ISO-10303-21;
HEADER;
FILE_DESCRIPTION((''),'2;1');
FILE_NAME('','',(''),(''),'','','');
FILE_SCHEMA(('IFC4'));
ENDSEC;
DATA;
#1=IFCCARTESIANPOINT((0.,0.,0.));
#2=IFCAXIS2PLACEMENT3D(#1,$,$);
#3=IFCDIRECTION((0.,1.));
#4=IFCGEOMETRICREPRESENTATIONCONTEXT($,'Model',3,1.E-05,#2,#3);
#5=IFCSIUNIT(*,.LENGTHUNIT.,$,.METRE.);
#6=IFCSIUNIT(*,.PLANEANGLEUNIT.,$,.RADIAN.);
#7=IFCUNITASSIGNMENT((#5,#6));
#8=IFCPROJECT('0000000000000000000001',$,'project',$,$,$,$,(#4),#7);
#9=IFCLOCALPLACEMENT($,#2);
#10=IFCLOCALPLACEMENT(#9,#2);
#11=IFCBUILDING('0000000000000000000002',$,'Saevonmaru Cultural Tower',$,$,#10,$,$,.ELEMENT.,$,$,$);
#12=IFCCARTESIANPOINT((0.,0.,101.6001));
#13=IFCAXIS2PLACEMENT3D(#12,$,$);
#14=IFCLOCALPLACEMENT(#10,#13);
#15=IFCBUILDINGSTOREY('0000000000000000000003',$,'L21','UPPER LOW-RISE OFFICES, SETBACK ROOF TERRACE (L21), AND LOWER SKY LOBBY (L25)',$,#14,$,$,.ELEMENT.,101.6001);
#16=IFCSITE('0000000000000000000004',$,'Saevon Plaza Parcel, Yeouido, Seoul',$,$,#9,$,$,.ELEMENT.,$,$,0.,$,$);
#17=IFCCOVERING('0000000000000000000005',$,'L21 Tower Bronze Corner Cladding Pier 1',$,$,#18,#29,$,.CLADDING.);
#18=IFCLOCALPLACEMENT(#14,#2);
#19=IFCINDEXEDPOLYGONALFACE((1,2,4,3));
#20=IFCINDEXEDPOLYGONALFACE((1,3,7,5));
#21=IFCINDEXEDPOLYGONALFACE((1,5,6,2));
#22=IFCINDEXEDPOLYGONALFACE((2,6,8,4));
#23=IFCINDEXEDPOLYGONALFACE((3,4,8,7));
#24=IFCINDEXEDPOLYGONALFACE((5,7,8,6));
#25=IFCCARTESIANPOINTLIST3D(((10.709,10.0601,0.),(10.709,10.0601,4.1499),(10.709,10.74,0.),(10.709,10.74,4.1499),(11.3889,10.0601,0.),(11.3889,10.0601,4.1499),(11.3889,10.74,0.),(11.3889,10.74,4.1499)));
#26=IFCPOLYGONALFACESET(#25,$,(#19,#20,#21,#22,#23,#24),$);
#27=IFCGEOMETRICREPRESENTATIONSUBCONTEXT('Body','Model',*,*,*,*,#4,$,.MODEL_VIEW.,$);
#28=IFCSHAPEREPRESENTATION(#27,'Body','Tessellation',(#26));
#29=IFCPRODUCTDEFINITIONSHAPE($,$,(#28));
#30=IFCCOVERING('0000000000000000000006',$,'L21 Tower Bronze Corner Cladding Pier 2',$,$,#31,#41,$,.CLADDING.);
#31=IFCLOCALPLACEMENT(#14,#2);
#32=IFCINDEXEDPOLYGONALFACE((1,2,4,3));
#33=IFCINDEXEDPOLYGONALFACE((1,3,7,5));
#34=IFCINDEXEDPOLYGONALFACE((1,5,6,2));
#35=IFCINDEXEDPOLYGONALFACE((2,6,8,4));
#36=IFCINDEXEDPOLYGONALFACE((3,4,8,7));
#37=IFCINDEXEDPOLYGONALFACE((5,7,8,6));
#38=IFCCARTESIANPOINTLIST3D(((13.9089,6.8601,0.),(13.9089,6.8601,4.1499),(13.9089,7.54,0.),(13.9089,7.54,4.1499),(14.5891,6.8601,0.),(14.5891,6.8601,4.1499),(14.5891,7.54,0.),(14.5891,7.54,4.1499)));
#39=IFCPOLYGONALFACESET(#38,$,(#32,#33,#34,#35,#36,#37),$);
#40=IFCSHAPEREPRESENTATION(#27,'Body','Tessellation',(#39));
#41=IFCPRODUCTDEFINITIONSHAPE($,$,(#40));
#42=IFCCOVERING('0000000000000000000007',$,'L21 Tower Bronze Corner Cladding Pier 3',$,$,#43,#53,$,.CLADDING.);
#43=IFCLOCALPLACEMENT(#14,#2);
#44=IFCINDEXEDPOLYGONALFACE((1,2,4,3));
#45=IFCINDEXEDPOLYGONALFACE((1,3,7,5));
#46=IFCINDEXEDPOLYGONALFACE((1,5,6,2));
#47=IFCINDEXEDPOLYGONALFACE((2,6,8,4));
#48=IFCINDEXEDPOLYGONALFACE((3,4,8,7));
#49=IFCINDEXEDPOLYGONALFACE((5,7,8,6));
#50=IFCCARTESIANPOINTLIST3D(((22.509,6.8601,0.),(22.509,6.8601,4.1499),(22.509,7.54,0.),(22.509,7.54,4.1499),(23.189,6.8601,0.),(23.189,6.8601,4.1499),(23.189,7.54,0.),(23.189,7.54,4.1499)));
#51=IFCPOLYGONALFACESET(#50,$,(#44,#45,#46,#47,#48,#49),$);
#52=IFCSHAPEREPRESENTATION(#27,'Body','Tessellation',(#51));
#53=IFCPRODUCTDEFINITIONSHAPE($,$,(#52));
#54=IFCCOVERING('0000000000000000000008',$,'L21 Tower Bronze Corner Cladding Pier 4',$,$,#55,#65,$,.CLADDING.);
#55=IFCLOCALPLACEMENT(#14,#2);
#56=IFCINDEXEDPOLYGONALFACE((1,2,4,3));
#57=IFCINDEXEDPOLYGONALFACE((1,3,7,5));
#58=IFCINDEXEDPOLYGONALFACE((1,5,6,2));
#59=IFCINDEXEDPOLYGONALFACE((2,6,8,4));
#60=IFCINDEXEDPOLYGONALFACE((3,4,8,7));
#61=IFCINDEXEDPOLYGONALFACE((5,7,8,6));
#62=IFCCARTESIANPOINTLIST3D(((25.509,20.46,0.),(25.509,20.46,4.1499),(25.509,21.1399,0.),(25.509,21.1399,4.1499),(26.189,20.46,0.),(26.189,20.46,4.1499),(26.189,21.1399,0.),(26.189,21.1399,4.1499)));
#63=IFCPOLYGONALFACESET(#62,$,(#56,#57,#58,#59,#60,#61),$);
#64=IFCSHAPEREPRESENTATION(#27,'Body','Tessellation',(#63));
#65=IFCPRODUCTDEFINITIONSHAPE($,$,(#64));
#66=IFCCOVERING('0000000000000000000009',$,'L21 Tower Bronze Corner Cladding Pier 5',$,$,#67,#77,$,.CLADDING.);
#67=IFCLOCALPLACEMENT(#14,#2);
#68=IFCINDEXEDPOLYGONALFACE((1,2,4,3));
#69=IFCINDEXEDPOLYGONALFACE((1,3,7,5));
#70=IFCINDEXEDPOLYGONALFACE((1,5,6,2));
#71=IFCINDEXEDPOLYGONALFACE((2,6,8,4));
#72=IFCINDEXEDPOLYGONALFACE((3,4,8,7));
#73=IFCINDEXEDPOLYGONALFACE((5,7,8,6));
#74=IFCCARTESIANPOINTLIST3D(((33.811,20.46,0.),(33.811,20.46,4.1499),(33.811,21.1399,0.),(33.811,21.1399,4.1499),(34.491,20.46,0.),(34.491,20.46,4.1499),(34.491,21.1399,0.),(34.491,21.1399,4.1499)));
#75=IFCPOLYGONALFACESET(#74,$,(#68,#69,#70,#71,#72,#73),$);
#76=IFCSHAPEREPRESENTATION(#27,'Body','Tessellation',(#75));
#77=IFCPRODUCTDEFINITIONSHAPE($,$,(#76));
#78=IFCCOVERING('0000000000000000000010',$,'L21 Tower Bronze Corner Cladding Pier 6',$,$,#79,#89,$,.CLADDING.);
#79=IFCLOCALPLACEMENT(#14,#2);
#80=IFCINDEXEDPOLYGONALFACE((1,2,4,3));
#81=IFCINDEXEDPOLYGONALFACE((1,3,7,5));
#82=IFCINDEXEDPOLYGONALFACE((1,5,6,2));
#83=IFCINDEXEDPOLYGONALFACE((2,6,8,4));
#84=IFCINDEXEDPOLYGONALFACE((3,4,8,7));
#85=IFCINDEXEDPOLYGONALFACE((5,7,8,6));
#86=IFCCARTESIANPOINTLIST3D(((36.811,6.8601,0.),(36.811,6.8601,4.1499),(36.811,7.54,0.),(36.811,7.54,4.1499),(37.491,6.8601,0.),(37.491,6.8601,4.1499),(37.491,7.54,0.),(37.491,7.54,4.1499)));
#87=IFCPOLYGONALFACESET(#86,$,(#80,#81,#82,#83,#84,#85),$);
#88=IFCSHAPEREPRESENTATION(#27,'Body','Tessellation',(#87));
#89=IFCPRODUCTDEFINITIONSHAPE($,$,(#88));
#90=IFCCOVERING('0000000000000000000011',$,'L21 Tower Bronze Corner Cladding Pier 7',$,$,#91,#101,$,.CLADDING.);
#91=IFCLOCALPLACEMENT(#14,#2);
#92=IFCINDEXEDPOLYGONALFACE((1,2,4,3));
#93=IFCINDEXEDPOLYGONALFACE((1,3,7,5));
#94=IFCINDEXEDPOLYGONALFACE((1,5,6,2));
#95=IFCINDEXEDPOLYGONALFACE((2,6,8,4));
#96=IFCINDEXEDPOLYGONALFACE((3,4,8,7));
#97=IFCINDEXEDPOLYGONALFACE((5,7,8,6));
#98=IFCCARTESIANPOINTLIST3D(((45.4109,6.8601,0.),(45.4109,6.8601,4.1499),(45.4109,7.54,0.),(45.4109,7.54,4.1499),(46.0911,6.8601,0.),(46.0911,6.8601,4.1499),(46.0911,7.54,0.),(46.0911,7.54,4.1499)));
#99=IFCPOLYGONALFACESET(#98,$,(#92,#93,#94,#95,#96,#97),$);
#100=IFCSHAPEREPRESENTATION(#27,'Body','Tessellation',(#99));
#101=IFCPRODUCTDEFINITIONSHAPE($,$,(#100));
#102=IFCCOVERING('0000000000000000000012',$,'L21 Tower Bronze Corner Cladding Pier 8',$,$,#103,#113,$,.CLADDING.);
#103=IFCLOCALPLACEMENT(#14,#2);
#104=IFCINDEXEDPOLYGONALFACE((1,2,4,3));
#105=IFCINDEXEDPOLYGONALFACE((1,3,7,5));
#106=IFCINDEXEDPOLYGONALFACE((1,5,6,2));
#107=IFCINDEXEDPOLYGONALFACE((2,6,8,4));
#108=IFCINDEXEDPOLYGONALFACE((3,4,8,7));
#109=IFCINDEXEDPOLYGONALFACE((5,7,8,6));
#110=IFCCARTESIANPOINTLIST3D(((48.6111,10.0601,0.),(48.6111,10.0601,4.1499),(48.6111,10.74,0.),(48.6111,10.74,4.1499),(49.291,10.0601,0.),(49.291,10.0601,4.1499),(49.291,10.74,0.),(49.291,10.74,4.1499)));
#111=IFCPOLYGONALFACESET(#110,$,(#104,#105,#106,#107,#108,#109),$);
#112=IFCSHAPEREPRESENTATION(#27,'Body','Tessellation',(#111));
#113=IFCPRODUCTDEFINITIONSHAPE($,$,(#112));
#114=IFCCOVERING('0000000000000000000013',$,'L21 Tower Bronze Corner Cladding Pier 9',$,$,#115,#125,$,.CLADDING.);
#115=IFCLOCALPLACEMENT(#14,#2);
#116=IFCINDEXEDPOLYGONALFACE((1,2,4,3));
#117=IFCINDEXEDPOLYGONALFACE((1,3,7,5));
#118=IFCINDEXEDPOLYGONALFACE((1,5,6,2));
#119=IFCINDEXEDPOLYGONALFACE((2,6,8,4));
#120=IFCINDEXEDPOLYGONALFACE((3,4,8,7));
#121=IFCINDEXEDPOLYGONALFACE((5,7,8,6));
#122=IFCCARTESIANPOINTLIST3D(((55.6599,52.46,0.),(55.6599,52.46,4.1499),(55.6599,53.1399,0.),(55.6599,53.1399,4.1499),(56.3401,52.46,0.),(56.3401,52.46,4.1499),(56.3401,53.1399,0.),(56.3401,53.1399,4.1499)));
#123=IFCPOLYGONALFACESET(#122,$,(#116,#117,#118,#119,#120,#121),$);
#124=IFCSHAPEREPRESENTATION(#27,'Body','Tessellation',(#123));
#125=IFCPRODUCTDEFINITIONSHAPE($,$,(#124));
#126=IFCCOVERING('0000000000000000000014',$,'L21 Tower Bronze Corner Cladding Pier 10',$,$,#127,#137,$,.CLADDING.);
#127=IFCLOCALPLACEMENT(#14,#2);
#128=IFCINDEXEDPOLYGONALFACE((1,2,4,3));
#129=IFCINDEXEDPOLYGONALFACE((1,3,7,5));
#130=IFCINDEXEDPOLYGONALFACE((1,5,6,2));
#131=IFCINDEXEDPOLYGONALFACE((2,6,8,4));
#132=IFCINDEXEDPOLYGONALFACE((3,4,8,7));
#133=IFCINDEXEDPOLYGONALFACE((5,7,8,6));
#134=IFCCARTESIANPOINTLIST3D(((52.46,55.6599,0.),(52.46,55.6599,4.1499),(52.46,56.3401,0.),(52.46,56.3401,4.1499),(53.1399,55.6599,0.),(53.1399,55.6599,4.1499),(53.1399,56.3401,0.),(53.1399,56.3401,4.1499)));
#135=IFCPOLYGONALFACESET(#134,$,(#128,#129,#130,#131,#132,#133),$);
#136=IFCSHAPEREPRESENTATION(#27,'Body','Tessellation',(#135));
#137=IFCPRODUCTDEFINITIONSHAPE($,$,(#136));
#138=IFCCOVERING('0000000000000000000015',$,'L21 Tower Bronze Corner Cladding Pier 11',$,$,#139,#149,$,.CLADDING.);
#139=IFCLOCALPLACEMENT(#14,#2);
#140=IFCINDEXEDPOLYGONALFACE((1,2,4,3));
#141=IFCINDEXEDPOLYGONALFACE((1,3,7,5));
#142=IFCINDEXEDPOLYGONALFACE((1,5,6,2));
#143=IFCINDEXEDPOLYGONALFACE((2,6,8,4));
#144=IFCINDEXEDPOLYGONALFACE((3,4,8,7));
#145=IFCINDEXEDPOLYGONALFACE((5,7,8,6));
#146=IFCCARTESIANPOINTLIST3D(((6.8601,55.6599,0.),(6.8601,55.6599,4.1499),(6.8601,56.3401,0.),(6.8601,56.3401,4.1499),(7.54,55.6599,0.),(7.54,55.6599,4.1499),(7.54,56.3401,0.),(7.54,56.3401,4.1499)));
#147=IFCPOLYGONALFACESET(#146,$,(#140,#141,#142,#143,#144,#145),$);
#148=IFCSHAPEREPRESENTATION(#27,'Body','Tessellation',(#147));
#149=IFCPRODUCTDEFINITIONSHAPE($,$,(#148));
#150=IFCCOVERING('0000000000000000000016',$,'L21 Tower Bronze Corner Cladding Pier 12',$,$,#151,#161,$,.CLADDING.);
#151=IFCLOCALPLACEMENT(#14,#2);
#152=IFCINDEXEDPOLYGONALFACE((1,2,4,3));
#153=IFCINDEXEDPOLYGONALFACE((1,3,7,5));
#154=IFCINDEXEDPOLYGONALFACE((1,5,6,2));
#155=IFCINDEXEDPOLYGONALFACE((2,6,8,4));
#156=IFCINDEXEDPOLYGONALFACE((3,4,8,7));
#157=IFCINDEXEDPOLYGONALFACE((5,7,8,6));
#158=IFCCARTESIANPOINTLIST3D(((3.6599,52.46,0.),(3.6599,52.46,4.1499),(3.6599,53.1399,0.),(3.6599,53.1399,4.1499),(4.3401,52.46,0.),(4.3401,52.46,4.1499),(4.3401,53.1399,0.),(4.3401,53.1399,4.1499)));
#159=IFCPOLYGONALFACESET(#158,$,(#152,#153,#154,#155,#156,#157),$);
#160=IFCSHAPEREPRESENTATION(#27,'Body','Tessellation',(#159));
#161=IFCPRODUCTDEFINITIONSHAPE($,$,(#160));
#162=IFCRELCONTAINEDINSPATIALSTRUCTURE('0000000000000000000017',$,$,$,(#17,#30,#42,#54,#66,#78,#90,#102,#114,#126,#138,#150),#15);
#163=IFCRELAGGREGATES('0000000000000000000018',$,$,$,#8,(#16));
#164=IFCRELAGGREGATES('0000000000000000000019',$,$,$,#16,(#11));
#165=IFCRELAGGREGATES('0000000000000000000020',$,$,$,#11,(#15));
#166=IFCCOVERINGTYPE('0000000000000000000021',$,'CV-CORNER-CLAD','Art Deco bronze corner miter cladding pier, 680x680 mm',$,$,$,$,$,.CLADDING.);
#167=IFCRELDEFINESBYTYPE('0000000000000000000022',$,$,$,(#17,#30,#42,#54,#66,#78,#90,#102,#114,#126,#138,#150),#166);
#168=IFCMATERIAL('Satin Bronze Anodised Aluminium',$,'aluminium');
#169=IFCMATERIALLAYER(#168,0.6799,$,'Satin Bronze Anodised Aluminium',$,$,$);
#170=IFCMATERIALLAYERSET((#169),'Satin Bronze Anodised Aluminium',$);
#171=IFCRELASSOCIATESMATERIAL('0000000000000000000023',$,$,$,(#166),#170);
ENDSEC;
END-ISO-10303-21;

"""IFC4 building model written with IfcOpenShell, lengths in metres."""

from ifc_helpers import new_model, si_unit, direction, frame, origin, place, context, subcontext, project, spatial, polyline, outline, extrude, material, layer, layer_set, type_object, element, save


model = new_model("IFC4")

# Units and contexts
model_context = context("Model", 3, precision=1e-05, world=origin(), true_north=direction((0.0, 1.0)))
body_context = subcontext(model_context, "Body", "Model", "MODEL_VIEW")
ifc_project = project(units=[si_unit("LENGTHUNIT", "METRE"), si_unit("PLANEANGLEUNIT", "RADIAN")], contexts=[model_context])

# Site, building, storey
site_placement = place(None, origin())
site = spatial("IfcSite", under=ifc_project, at=site_placement, Name="Saevon Plaza Parcel, Yeouido, Seoul", CompositionType="ELEMENT", RefElevation=0.0)
building_placement = place(site_placement, origin())
building = spatial("IfcBuilding", under=site, at=building_placement, Name="Saevonmaru Cultural Tower", CompositionType="ELEMENT")
storey_placement = place(building_placement, frame((0.0, 0.0, 101.6001)))
storey = spatial("IfcBuildingStorey", under=building, at=storey_placement, Name="L21", Description="UPPER LOW-RISE OFFICES, SETBACK ROOF TERRACE (L21), AND LOWER SKY LOBBY (L25)", CompositionType="ELEMENT", Elevation=101.6001)

# Shared definitions
ifc_material_1 = material(Name="Satin Bronze Anodised Aluminium", Category="aluminium")

# Coverings
ifc_layer_1 = layer(ifc_material_1, 0.6799, Name="Satin Bronze Anodised Aluminium")
ifc_layer_set_1 = layer_set([ifc_layer_1], Name="Satin Bronze Anodised Aluminium")
covering_type_1 = type_object("IfcCoveringType", Name="CV-CORNER-CLAD", Description="Art Deco bronze corner miter cladding pier, 680x680 mm", PredefinedType="CLADDING", material=ifc_layer_set_1)
covering_1_placement = place(storey_placement, origin())
element("IfcCovering", 1, at=covering_1_placement, inside=storey, type_object=covering_type_1, Name="L21 Tower Bronze Corner Cladding Pier 1", PredefinedType="CLADDING", context=body_context, shape_type="SweptSolid", body=[
    extrude(outline(polyline([(10.709, 10.0601), (11.3889, 10.0601), (11.3889, 10.74), (10.709, 10.74), (10.709, 10.0601)])), origin(), (0.0, 0.0, 1.0), 4.1499),
])
covering_2_placement = place(storey_placement, origin())
element("IfcCovering", 2, at=covering_2_placement, inside=storey, type_object=covering_type_1, Name="L21 Tower Bronze Corner Cladding Pier 2", PredefinedType="CLADDING", context=body_context, shape_type="SweptSolid", body=[
    extrude(outline(polyline([(13.9089, 6.8601), (14.5891, 6.8601), (14.5891, 7.54), (13.9089, 7.54), (13.9089, 6.8601)])), origin(), (0.0, 0.0, 1.0), 4.1499),
])
covering_3_placement = place(storey_placement, origin())
element("IfcCovering", 3, at=covering_3_placement, inside=storey, type_object=covering_type_1, Name="L21 Tower Bronze Corner Cladding Pier 3", PredefinedType="CLADDING", context=body_context, shape_type="SweptSolid", body=[
    extrude(outline(polyline([(22.509, 6.8601), (23.189, 6.8601), (23.189, 7.54), (22.509, 7.54), (22.509, 6.8601)])), origin(), (0.0, 0.0, 1.0), 4.1499),
])
covering_4_placement = place(storey_placement, origin())
element("IfcCovering", 4, at=covering_4_placement, inside=storey, type_object=covering_type_1, Name="L21 Tower Bronze Corner Cladding Pier 4", PredefinedType="CLADDING", context=body_context, shape_type="SweptSolid", body=[
    extrude(outline(polyline([(25.509, 20.46), (26.189, 20.46), (26.189, 21.1399), (25.509, 21.1399), (25.509, 20.46)])), origin(), (0.0, 0.0, 1.0), 4.1499),
])
covering_5_placement = place(storey_placement, origin())
element("IfcCovering", 5, at=covering_5_placement, inside=storey, type_object=covering_type_1, Name="L21 Tower Bronze Corner Cladding Pier 5", PredefinedType="CLADDING", context=body_context, shape_type="SweptSolid", body=[
    extrude(outline(polyline([(33.811, 20.46), (34.491, 20.46), (34.491, 21.1399), (33.811, 21.1399), (33.811, 20.46)])), origin(), (0.0, 0.0, 1.0), 4.1499),
])
covering_6_placement = place(storey_placement, origin())
element("IfcCovering", 6, at=covering_6_placement, inside=storey, type_object=covering_type_1, Name="L21 Tower Bronze Corner Cladding Pier 6", PredefinedType="CLADDING", context=body_context, shape_type="SweptSolid", body=[
    extrude(outline(polyline([(36.811, 6.8601), (37.491, 6.8601), (37.491, 7.54), (36.811, 7.54), (36.811, 6.8601)])), origin(), (0.0, 0.0, 1.0), 4.1499),
])
covering_7_placement = place(storey_placement, origin())
element("IfcCovering", 7, at=covering_7_placement, inside=storey, type_object=covering_type_1, Name="L21 Tower Bronze Corner Cladding Pier 7", PredefinedType="CLADDING", context=body_context, shape_type="SweptSolid", body=[
    extrude(outline(polyline([(45.4109, 6.8601), (46.0911, 6.8601), (46.0911, 7.54), (45.4109, 7.54), (45.4109, 6.8601)])), origin(), (0.0, 0.0, 1.0), 4.1499),
])
covering_8_placement = place(storey_placement, origin())
element("IfcCovering", 8, at=covering_8_placement, inside=storey, type_object=covering_type_1, Name="L21 Tower Bronze Corner Cladding Pier 8", PredefinedType="CLADDING", context=body_context, shape_type="SweptSolid", body=[
    extrude(outline(polyline([(48.6111, 10.0601), (49.291, 10.0601), (49.291, 10.74), (48.6111, 10.74), (48.6111, 10.0601)])), origin(), (0.0, 0.0, 1.0), 4.1499),
])
covering_9_placement = place(storey_placement, origin())
element("IfcCovering", 9, at=covering_9_placement, inside=storey, type_object=covering_type_1, Name="L21 Tower Bronze Corner Cladding Pier 9", PredefinedType="CLADDING", context=body_context, shape_type="SweptSolid", body=[
    extrude(outline(polyline([(55.6599, 52.46), (56.3401, 52.46), (56.3401, 53.1399), (55.6599, 53.1399), (55.6599, 52.46)])), origin(), (0.0, 0.0, 1.0), 4.1499),
])
covering_10_placement = place(storey_placement, origin())
element("IfcCovering", 10, at=covering_10_placement, inside=storey, type_object=covering_type_1, Name="L21 Tower Bronze Corner Cladding Pier 10", PredefinedType="CLADDING", context=body_context, shape_type="SweptSolid", body=[
    extrude(outline(polyline([(52.46, 55.6599), (53.1399, 55.6599), (53.1399, 56.3401), (52.46, 56.3401), (52.46, 55.6599)])), origin(), (0.0, 0.0, 1.0), 4.1499),
])
covering_11_placement = place(storey_placement, origin())
element("IfcCovering", 11, at=covering_11_placement, inside=storey, type_object=covering_type_1, Name="L21 Tower Bronze Corner Cladding Pier 11", PredefinedType="CLADDING", context=body_context, shape_type="SweptSolid", body=[
    extrude(outline(polyline([(6.8601, 55.6599), (7.54, 55.6599), (7.54, 56.3401), (6.8601, 56.3401), (6.8601, 55.6599)])), origin(), (0.0, 0.0, 1.0), 4.1499),
])
covering_12_placement = place(storey_placement, origin())
element("IfcCovering", 12, at=covering_12_placement, inside=storey, type_object=covering_type_1, Name="L21 Tower Bronze Corner Cladding Pier 12", PredefinedType="CLADDING", context=body_context, shape_type="SweptSolid", body=[
    extrude(outline(polyline([(3.6599, 52.46), (4.3401, 52.46), (4.3401, 53.1399), (3.6599, 53.1399), (3.6599, 52.46)])), origin(), (0.0, 0.0, 1.0), 4.1499),
])

save(model, "model.ifc")
